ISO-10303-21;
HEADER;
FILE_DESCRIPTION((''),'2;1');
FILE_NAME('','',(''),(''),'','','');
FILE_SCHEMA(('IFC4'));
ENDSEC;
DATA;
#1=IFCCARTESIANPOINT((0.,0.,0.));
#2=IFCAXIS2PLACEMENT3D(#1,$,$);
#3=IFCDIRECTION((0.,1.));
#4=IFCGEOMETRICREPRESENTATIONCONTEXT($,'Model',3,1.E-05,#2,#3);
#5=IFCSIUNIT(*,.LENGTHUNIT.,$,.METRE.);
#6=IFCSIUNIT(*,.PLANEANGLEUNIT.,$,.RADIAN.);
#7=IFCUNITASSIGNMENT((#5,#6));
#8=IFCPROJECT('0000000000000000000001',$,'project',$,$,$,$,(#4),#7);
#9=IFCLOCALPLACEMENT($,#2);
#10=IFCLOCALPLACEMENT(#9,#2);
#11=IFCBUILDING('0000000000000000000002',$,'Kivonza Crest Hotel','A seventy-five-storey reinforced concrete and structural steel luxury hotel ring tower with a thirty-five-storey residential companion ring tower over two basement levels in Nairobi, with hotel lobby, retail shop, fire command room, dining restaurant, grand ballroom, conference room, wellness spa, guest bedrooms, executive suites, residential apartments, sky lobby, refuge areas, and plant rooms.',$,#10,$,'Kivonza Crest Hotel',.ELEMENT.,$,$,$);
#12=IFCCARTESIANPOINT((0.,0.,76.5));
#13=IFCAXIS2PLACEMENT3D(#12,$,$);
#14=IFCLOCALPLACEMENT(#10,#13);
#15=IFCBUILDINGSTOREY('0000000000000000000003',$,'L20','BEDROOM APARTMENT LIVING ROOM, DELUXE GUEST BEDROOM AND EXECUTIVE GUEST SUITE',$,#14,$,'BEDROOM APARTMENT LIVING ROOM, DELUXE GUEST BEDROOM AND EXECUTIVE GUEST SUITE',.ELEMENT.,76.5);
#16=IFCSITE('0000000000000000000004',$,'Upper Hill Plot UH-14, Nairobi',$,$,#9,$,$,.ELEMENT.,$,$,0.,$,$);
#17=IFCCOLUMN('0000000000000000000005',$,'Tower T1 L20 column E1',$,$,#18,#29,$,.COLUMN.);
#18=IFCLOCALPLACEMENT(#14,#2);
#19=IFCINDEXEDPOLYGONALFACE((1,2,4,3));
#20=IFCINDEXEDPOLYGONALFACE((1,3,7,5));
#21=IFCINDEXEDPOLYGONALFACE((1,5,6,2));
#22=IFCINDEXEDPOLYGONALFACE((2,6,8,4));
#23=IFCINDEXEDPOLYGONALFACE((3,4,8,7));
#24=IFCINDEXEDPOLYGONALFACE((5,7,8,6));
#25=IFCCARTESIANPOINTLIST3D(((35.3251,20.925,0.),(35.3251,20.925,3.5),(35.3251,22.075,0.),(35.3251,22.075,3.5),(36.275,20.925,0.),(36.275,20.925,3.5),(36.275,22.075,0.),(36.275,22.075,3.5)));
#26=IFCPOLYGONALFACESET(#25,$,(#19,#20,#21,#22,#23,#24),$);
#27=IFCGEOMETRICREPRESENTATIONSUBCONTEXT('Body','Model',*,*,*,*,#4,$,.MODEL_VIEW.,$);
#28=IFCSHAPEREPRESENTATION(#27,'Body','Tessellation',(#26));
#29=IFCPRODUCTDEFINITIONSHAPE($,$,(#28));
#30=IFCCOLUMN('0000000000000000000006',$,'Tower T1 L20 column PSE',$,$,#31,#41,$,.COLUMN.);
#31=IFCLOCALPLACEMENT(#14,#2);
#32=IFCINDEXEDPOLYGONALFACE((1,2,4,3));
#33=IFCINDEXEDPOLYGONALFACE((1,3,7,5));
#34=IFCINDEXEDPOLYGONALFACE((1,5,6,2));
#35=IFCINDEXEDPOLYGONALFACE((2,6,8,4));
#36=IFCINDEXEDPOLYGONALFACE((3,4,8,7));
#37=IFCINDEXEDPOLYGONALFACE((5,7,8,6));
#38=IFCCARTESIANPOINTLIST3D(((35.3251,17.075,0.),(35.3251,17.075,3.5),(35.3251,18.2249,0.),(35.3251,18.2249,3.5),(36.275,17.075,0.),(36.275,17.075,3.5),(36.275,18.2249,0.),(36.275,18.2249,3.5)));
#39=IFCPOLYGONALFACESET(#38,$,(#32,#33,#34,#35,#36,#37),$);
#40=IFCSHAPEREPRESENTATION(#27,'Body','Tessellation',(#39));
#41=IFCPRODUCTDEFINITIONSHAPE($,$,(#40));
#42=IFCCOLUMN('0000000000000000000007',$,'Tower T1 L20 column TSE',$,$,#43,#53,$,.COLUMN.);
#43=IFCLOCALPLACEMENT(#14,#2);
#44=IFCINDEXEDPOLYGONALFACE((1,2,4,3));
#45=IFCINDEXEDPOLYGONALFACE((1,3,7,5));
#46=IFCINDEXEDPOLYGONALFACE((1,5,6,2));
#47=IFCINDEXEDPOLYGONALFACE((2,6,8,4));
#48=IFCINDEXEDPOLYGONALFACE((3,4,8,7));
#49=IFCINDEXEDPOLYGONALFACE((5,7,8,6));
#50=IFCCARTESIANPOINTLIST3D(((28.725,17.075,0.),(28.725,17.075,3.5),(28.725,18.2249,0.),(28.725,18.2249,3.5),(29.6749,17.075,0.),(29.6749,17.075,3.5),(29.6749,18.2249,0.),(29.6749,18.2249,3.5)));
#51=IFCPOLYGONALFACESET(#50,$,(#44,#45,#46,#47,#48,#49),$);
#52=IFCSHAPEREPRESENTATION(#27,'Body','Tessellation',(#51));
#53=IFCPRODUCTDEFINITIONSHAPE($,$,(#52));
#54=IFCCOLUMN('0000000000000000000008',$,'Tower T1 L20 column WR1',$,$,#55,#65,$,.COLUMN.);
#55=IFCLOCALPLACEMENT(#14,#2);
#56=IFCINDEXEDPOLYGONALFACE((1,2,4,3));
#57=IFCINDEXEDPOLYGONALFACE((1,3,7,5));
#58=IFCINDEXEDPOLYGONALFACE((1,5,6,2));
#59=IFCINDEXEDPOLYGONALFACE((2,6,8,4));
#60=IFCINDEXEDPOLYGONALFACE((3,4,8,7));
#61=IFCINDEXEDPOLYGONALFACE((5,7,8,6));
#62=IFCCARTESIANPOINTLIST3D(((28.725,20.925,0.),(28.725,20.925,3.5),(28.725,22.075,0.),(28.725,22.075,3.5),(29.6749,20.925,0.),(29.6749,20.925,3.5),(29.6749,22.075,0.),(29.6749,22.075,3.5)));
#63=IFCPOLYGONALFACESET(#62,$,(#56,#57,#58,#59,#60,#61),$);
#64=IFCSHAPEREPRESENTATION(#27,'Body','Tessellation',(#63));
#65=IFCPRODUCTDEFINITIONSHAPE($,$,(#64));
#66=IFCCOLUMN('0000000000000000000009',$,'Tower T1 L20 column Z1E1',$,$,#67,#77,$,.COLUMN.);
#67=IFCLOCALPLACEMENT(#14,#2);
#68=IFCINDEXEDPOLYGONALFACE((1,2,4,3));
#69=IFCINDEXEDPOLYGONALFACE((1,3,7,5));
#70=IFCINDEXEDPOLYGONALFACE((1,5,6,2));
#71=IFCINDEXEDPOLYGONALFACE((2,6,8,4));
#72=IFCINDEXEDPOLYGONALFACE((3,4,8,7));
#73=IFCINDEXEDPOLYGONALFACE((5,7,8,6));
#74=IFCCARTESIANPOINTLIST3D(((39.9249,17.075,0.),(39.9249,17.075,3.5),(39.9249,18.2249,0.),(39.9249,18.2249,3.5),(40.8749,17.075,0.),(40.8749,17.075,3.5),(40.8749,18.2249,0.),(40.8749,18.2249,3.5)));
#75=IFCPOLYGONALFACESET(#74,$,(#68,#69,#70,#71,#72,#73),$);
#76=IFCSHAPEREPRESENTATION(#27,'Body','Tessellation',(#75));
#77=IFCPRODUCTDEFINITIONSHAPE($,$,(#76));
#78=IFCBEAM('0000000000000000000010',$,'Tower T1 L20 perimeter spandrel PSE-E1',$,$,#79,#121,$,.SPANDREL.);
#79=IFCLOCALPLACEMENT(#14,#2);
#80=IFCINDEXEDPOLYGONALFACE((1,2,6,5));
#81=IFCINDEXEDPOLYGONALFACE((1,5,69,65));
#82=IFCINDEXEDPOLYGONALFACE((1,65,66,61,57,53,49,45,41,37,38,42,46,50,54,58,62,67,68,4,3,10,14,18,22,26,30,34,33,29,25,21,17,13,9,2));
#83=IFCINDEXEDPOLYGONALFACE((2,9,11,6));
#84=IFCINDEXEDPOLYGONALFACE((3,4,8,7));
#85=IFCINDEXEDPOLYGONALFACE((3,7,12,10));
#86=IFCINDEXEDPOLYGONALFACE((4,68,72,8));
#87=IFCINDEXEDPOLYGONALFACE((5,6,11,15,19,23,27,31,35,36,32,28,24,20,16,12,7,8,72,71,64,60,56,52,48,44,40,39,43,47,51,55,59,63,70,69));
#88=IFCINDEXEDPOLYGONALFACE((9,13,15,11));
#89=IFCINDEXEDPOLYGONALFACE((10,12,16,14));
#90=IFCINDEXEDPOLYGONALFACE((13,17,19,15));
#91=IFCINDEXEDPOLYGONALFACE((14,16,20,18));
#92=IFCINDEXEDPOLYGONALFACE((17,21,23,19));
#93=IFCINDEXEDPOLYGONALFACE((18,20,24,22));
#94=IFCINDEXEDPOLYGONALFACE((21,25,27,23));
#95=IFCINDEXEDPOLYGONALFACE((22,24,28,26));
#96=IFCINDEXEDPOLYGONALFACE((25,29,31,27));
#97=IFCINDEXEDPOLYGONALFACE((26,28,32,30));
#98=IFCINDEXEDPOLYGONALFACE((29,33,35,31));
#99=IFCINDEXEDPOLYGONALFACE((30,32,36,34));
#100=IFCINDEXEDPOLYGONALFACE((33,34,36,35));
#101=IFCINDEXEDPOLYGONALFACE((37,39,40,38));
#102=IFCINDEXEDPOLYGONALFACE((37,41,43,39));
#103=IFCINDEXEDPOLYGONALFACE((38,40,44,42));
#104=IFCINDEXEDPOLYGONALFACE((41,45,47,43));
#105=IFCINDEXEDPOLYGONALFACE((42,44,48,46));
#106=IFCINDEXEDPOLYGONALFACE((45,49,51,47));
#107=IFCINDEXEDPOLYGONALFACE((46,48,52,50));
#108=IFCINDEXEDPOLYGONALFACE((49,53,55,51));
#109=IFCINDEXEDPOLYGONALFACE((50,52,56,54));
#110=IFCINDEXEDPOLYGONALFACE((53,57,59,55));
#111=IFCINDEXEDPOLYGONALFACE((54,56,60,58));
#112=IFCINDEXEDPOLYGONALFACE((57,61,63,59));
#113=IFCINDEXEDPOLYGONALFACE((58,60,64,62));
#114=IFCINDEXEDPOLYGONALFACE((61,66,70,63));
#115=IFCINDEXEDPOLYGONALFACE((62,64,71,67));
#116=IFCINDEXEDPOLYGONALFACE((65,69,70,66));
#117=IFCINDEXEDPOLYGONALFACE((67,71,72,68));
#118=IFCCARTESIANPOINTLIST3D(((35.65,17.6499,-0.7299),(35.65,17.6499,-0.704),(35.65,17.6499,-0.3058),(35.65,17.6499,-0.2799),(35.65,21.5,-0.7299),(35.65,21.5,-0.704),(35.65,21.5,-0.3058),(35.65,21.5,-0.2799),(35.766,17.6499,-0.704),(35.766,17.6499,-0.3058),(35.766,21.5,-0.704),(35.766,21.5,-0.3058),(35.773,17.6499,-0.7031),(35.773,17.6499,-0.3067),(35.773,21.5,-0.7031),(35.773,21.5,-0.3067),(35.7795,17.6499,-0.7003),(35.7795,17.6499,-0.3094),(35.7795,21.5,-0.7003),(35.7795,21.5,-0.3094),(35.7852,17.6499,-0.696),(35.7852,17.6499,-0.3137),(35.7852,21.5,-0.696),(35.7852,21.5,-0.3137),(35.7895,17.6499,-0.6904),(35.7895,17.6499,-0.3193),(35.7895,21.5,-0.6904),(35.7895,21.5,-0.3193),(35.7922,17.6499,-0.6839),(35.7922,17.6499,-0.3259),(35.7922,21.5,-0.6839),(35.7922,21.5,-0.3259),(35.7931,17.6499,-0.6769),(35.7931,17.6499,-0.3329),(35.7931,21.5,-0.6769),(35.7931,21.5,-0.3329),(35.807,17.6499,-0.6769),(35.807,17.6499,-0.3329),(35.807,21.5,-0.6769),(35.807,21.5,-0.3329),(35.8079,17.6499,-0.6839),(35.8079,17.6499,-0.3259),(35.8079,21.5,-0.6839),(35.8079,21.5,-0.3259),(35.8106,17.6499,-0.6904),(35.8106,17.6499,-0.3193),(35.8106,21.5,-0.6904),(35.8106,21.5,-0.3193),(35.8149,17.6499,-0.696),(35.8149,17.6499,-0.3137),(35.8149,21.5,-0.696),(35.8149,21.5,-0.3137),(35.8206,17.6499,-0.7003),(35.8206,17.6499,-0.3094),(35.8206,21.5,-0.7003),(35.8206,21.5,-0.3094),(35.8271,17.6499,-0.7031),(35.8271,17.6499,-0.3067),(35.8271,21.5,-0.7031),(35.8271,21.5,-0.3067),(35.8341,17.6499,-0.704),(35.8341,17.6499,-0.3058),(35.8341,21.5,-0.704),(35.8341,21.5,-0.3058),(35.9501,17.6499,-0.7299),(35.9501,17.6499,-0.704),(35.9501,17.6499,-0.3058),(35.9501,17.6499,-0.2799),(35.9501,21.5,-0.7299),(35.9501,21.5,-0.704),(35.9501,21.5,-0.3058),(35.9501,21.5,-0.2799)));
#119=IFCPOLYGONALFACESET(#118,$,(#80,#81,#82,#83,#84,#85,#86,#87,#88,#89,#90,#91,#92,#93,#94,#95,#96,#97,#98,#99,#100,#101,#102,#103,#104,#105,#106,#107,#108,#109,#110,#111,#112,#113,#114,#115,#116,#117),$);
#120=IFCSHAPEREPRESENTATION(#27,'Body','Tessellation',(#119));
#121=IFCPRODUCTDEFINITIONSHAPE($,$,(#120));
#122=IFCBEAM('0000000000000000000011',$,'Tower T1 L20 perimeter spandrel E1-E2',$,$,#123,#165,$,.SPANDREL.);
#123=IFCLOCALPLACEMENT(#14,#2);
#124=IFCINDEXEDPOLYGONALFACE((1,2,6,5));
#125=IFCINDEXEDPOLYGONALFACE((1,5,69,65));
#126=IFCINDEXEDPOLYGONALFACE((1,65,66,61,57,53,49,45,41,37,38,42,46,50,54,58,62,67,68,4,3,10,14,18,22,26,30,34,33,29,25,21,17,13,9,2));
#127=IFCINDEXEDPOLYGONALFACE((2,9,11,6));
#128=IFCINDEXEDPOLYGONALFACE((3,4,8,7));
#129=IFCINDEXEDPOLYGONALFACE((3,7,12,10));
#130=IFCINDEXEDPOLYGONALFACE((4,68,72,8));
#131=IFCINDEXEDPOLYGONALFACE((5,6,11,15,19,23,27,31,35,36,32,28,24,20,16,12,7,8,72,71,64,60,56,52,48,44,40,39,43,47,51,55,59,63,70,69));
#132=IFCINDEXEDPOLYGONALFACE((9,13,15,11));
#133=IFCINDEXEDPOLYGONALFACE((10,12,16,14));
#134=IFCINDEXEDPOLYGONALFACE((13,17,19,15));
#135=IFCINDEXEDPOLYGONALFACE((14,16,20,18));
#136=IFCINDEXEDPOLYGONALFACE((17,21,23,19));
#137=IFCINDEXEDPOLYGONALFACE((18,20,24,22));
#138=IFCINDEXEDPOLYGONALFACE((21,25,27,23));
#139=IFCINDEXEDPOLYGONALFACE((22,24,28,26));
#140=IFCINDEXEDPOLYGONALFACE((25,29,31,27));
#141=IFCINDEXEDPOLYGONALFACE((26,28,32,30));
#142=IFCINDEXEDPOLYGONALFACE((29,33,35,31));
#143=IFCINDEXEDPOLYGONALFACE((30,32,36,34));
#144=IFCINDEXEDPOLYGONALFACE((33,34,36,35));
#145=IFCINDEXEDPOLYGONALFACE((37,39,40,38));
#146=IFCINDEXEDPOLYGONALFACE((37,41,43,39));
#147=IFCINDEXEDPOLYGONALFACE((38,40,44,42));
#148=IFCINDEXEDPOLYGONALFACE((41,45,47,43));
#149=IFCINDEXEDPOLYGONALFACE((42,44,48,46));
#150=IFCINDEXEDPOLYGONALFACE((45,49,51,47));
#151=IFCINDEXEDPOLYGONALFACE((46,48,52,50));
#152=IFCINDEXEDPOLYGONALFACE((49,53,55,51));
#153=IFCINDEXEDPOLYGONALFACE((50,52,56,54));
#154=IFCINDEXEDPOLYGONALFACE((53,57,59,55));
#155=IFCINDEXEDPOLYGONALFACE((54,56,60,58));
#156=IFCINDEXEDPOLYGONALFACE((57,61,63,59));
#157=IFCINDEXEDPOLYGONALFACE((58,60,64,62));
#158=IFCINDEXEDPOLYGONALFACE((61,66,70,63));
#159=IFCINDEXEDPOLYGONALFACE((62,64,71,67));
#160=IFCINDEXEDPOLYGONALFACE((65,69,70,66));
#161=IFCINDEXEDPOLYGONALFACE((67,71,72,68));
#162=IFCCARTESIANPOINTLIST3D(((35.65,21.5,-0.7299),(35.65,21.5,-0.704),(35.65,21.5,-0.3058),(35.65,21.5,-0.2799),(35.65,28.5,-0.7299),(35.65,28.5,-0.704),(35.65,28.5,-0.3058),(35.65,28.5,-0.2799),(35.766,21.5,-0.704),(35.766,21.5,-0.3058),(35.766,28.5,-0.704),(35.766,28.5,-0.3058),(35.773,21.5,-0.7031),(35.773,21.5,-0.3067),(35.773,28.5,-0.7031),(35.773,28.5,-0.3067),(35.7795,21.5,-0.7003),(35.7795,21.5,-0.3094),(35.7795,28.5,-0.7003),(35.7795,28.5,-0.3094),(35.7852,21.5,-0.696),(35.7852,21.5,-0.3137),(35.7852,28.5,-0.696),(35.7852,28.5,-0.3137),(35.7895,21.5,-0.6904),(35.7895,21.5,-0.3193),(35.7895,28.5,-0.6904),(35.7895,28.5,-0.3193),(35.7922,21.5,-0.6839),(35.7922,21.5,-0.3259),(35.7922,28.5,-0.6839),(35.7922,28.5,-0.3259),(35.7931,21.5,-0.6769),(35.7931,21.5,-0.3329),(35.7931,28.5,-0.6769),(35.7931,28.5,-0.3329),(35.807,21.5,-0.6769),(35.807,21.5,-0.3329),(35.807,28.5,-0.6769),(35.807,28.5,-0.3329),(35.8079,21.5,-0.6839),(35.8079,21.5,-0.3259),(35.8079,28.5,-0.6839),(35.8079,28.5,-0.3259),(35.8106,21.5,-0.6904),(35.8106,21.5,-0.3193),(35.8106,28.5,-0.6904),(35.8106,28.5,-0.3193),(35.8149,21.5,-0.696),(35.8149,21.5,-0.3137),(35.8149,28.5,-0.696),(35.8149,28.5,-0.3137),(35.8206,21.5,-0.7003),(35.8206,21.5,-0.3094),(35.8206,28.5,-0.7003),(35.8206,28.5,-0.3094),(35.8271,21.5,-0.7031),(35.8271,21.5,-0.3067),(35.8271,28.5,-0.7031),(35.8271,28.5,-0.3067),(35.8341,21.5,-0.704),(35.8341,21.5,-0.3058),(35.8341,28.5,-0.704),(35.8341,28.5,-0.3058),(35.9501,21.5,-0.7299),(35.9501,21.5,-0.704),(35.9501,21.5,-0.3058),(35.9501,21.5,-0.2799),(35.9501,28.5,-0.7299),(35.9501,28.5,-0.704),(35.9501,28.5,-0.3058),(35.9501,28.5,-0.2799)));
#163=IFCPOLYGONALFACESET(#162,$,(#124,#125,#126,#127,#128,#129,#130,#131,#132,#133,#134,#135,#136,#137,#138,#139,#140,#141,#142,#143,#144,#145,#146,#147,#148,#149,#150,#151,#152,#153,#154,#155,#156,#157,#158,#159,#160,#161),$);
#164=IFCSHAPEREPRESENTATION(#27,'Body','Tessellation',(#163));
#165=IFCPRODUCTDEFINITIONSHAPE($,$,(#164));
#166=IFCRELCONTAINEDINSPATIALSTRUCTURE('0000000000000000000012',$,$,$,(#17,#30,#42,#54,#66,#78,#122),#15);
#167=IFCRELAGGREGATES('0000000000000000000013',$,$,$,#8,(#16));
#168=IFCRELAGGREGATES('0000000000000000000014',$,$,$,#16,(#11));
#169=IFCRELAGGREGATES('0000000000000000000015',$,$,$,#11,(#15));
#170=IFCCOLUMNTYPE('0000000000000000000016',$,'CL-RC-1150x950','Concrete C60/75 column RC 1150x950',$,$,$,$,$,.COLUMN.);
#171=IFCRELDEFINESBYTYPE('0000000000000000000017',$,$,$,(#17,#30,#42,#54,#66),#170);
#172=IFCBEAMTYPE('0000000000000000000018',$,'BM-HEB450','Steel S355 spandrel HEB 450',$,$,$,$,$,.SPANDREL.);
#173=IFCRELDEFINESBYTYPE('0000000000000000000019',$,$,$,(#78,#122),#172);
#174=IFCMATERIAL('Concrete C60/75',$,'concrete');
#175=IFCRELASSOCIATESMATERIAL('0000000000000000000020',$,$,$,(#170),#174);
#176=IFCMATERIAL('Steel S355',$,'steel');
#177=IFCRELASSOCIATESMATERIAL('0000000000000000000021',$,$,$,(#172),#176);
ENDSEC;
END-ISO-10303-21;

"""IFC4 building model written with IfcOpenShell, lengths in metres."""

from ifc_helpers import new_model, si_unit, direction, frame, origin, origin_2d, place, context, subcontext, project, spatial, rectangle, i_section, extrude, material, material_profile, profile_set, type_object, element, save


model = new_model("IFC4")

# Units and contexts
model_context = context("Model", 3, precision=1e-05, world=origin(), true_north=direction((0.0, 1.0)))
body_context = subcontext(model_context, "Body", "Model", "MODEL_VIEW")
ifc_project = project(units=[si_unit("LENGTHUNIT", "METRE"), si_unit("PLANEANGLEUNIT", "RADIAN")], contexts=[model_context])

# Site, building, storey
site_placement = place(None, origin())
site = spatial("IfcSite", under=ifc_project, at=site_placement, Name="Upper Hill Plot UH-14, Nairobi", CompositionType="ELEMENT", RefElevation=0.0)
building_placement = place(site_placement, origin())
building = spatial("IfcBuilding", under=site, at=building_placement, Name="Kivonza Crest Hotel", Description="A seventy-five-storey reinforced concrete and structural steel luxury hotel ring tower with a thirty-five-storey residential companion ring tower over two basement levels in Nairobi, with hotel lobby, retail shop, fire command room, dining restaurant, grand ballroom, conference room, wellness spa, guest bedrooms, executive suites, residential apartments, sky lobby, refuge areas, and plant rooms.", LongName="Kivonza Crest Hotel", CompositionType="ELEMENT")
storey_placement = place(building_placement, frame((0.0, 0.0, 76.5)))
storey = spatial("IfcBuildingStorey", under=building, at=storey_placement, Name="L20", Description="BEDROOM APARTMENT LIVING ROOM, DELUXE GUEST BEDROOM AND EXECUTIVE GUEST SUITE", LongName="BEDROOM APARTMENT LIVING ROOM, DELUXE GUEST BEDROOM AND EXECUTIVE GUEST SUITE", CompositionType="ELEMENT", Elevation=76.5)

# Columns
ifc_material_1 = material(Name="Concrete C60/75", Category="concrete")
ifc_material_profile_1 = material_profile(ifc_material_1, rectangle(XDim=0.95, YDim=1.1499, at=origin_2d()), Name="RC 1150x950")
ifc_profile_set_1 = profile_set([ifc_material_profile_1], Name="Concrete C60/75")
column_type = type_object("IfcColumnType", Name="CL-RC-1150x950", Description="Concrete C60/75 column RC 1150x950", PredefinedType="COLUMN", material=ifc_profile_set_1)
for number, where, z_axis, x_axis, name in (
    (1, (35.8, 21.5, 0.0), (0.0, 0.0, 1.0), (1.0, 0.0, 0.0), "Tower T1 L20 column E1"),
    (2, (35.8, 17.6499, 0.0), (0.0, 0.0, 1.0), (1.0, 0.0, 0.0), "Tower T1 L20 column PSE"),
    (3, (29.2, 17.6499, 0.0), (0.0, 0.0, 1.0), (1.0, 0.0, 0.0), "Tower T1 L20 column TSE"),
    (4, (29.2, 21.5, 0.0), (0.0, 0.0, 1.0), (1.0, 0.0, 0.0), "Tower T1 L20 column WR1"),
    (5, (40.3999, 17.6499, 0.0), (0.0, 0.0, 1.0), (1.0, 0.0, 0.0), "Tower T1 L20 column Z1E1"),
):
    element("IfcColumn", number, at=place(storey_placement, frame(where, z_axis=z_axis, x_axis=x_axis)), inside=storey, type_object=column_type, Name=name, PredefinedType="COLUMN", context=body_context, shape_type="SweptSolid", body=[
        extrude(rectangle(XDim=0.95, YDim=1.1499, at=origin_2d()), origin(), (0.0, 0.0, 1.0), 3.5),
    ])

# Beams
ifc_material_2 = material(Name="Steel S355", Category="steel")
ifc_material_profile_2 = material_profile(ifc_material_2, i_section(OverallWidth=0.3, OverallDepth=0.45, WebThickness=0.0139, FlangeThickness=0.0259, FilletRadius=0.0271, at=origin_2d()), Name="HEB 450")
ifc_profile_set_2 = profile_set([ifc_material_profile_2], Name="Steel S355")
beam_type_1 = type_object("IfcBeamType", Name="BM-HEB450", Description="Steel S355 spandrel HEB 450", PredefinedType="SPANDREL", material=ifc_profile_set_2)
beam_1_placement = place(storey_placement, frame((35.8, 17.6499, -0.5049), z_axis=(0.0, 1.0, 0.0), x_axis=(-1.0, 0.0, 0.0)))
element("IfcBeam", 6, at=beam_1_placement, inside=storey, type_object=beam_type_1, Name="Tower T1 L20 perimeter spandrel PSE-E1", PredefinedType="SPANDREL", context=body_context, shape_type="SweptSolid", body=[
    extrude(i_section(OverallWidth=0.3, OverallDepth=0.45, WebThickness=0.0139, FlangeThickness=0.0259, FilletRadius=0.0271, at=origin_2d()), origin(), (0.0, 0.0, 1.0), 3.8501),
])
beam_2_placement = place(storey_placement, frame((35.8, 21.5, -0.5049), z_axis=(0.0, 1.0, 0.0), x_axis=(-1.0, 0.0, 0.0)))
element("IfcBeam", 7, at=beam_2_placement, inside=storey, type_object=beam_type_1, Name="Tower T1 L20 perimeter spandrel E1-E2", PredefinedType="SPANDREL", context=body_context, shape_type="SweptSolid", body=[
    extrude(i_section(OverallWidth=0.3, OverallDepth=0.45, WebThickness=0.0139, FlangeThickness=0.0259, FilletRadius=0.0271, at=origin_2d()), origin(), (0.0, 0.0, 1.0), 7.0),
])

save(model, "model.ifc")
